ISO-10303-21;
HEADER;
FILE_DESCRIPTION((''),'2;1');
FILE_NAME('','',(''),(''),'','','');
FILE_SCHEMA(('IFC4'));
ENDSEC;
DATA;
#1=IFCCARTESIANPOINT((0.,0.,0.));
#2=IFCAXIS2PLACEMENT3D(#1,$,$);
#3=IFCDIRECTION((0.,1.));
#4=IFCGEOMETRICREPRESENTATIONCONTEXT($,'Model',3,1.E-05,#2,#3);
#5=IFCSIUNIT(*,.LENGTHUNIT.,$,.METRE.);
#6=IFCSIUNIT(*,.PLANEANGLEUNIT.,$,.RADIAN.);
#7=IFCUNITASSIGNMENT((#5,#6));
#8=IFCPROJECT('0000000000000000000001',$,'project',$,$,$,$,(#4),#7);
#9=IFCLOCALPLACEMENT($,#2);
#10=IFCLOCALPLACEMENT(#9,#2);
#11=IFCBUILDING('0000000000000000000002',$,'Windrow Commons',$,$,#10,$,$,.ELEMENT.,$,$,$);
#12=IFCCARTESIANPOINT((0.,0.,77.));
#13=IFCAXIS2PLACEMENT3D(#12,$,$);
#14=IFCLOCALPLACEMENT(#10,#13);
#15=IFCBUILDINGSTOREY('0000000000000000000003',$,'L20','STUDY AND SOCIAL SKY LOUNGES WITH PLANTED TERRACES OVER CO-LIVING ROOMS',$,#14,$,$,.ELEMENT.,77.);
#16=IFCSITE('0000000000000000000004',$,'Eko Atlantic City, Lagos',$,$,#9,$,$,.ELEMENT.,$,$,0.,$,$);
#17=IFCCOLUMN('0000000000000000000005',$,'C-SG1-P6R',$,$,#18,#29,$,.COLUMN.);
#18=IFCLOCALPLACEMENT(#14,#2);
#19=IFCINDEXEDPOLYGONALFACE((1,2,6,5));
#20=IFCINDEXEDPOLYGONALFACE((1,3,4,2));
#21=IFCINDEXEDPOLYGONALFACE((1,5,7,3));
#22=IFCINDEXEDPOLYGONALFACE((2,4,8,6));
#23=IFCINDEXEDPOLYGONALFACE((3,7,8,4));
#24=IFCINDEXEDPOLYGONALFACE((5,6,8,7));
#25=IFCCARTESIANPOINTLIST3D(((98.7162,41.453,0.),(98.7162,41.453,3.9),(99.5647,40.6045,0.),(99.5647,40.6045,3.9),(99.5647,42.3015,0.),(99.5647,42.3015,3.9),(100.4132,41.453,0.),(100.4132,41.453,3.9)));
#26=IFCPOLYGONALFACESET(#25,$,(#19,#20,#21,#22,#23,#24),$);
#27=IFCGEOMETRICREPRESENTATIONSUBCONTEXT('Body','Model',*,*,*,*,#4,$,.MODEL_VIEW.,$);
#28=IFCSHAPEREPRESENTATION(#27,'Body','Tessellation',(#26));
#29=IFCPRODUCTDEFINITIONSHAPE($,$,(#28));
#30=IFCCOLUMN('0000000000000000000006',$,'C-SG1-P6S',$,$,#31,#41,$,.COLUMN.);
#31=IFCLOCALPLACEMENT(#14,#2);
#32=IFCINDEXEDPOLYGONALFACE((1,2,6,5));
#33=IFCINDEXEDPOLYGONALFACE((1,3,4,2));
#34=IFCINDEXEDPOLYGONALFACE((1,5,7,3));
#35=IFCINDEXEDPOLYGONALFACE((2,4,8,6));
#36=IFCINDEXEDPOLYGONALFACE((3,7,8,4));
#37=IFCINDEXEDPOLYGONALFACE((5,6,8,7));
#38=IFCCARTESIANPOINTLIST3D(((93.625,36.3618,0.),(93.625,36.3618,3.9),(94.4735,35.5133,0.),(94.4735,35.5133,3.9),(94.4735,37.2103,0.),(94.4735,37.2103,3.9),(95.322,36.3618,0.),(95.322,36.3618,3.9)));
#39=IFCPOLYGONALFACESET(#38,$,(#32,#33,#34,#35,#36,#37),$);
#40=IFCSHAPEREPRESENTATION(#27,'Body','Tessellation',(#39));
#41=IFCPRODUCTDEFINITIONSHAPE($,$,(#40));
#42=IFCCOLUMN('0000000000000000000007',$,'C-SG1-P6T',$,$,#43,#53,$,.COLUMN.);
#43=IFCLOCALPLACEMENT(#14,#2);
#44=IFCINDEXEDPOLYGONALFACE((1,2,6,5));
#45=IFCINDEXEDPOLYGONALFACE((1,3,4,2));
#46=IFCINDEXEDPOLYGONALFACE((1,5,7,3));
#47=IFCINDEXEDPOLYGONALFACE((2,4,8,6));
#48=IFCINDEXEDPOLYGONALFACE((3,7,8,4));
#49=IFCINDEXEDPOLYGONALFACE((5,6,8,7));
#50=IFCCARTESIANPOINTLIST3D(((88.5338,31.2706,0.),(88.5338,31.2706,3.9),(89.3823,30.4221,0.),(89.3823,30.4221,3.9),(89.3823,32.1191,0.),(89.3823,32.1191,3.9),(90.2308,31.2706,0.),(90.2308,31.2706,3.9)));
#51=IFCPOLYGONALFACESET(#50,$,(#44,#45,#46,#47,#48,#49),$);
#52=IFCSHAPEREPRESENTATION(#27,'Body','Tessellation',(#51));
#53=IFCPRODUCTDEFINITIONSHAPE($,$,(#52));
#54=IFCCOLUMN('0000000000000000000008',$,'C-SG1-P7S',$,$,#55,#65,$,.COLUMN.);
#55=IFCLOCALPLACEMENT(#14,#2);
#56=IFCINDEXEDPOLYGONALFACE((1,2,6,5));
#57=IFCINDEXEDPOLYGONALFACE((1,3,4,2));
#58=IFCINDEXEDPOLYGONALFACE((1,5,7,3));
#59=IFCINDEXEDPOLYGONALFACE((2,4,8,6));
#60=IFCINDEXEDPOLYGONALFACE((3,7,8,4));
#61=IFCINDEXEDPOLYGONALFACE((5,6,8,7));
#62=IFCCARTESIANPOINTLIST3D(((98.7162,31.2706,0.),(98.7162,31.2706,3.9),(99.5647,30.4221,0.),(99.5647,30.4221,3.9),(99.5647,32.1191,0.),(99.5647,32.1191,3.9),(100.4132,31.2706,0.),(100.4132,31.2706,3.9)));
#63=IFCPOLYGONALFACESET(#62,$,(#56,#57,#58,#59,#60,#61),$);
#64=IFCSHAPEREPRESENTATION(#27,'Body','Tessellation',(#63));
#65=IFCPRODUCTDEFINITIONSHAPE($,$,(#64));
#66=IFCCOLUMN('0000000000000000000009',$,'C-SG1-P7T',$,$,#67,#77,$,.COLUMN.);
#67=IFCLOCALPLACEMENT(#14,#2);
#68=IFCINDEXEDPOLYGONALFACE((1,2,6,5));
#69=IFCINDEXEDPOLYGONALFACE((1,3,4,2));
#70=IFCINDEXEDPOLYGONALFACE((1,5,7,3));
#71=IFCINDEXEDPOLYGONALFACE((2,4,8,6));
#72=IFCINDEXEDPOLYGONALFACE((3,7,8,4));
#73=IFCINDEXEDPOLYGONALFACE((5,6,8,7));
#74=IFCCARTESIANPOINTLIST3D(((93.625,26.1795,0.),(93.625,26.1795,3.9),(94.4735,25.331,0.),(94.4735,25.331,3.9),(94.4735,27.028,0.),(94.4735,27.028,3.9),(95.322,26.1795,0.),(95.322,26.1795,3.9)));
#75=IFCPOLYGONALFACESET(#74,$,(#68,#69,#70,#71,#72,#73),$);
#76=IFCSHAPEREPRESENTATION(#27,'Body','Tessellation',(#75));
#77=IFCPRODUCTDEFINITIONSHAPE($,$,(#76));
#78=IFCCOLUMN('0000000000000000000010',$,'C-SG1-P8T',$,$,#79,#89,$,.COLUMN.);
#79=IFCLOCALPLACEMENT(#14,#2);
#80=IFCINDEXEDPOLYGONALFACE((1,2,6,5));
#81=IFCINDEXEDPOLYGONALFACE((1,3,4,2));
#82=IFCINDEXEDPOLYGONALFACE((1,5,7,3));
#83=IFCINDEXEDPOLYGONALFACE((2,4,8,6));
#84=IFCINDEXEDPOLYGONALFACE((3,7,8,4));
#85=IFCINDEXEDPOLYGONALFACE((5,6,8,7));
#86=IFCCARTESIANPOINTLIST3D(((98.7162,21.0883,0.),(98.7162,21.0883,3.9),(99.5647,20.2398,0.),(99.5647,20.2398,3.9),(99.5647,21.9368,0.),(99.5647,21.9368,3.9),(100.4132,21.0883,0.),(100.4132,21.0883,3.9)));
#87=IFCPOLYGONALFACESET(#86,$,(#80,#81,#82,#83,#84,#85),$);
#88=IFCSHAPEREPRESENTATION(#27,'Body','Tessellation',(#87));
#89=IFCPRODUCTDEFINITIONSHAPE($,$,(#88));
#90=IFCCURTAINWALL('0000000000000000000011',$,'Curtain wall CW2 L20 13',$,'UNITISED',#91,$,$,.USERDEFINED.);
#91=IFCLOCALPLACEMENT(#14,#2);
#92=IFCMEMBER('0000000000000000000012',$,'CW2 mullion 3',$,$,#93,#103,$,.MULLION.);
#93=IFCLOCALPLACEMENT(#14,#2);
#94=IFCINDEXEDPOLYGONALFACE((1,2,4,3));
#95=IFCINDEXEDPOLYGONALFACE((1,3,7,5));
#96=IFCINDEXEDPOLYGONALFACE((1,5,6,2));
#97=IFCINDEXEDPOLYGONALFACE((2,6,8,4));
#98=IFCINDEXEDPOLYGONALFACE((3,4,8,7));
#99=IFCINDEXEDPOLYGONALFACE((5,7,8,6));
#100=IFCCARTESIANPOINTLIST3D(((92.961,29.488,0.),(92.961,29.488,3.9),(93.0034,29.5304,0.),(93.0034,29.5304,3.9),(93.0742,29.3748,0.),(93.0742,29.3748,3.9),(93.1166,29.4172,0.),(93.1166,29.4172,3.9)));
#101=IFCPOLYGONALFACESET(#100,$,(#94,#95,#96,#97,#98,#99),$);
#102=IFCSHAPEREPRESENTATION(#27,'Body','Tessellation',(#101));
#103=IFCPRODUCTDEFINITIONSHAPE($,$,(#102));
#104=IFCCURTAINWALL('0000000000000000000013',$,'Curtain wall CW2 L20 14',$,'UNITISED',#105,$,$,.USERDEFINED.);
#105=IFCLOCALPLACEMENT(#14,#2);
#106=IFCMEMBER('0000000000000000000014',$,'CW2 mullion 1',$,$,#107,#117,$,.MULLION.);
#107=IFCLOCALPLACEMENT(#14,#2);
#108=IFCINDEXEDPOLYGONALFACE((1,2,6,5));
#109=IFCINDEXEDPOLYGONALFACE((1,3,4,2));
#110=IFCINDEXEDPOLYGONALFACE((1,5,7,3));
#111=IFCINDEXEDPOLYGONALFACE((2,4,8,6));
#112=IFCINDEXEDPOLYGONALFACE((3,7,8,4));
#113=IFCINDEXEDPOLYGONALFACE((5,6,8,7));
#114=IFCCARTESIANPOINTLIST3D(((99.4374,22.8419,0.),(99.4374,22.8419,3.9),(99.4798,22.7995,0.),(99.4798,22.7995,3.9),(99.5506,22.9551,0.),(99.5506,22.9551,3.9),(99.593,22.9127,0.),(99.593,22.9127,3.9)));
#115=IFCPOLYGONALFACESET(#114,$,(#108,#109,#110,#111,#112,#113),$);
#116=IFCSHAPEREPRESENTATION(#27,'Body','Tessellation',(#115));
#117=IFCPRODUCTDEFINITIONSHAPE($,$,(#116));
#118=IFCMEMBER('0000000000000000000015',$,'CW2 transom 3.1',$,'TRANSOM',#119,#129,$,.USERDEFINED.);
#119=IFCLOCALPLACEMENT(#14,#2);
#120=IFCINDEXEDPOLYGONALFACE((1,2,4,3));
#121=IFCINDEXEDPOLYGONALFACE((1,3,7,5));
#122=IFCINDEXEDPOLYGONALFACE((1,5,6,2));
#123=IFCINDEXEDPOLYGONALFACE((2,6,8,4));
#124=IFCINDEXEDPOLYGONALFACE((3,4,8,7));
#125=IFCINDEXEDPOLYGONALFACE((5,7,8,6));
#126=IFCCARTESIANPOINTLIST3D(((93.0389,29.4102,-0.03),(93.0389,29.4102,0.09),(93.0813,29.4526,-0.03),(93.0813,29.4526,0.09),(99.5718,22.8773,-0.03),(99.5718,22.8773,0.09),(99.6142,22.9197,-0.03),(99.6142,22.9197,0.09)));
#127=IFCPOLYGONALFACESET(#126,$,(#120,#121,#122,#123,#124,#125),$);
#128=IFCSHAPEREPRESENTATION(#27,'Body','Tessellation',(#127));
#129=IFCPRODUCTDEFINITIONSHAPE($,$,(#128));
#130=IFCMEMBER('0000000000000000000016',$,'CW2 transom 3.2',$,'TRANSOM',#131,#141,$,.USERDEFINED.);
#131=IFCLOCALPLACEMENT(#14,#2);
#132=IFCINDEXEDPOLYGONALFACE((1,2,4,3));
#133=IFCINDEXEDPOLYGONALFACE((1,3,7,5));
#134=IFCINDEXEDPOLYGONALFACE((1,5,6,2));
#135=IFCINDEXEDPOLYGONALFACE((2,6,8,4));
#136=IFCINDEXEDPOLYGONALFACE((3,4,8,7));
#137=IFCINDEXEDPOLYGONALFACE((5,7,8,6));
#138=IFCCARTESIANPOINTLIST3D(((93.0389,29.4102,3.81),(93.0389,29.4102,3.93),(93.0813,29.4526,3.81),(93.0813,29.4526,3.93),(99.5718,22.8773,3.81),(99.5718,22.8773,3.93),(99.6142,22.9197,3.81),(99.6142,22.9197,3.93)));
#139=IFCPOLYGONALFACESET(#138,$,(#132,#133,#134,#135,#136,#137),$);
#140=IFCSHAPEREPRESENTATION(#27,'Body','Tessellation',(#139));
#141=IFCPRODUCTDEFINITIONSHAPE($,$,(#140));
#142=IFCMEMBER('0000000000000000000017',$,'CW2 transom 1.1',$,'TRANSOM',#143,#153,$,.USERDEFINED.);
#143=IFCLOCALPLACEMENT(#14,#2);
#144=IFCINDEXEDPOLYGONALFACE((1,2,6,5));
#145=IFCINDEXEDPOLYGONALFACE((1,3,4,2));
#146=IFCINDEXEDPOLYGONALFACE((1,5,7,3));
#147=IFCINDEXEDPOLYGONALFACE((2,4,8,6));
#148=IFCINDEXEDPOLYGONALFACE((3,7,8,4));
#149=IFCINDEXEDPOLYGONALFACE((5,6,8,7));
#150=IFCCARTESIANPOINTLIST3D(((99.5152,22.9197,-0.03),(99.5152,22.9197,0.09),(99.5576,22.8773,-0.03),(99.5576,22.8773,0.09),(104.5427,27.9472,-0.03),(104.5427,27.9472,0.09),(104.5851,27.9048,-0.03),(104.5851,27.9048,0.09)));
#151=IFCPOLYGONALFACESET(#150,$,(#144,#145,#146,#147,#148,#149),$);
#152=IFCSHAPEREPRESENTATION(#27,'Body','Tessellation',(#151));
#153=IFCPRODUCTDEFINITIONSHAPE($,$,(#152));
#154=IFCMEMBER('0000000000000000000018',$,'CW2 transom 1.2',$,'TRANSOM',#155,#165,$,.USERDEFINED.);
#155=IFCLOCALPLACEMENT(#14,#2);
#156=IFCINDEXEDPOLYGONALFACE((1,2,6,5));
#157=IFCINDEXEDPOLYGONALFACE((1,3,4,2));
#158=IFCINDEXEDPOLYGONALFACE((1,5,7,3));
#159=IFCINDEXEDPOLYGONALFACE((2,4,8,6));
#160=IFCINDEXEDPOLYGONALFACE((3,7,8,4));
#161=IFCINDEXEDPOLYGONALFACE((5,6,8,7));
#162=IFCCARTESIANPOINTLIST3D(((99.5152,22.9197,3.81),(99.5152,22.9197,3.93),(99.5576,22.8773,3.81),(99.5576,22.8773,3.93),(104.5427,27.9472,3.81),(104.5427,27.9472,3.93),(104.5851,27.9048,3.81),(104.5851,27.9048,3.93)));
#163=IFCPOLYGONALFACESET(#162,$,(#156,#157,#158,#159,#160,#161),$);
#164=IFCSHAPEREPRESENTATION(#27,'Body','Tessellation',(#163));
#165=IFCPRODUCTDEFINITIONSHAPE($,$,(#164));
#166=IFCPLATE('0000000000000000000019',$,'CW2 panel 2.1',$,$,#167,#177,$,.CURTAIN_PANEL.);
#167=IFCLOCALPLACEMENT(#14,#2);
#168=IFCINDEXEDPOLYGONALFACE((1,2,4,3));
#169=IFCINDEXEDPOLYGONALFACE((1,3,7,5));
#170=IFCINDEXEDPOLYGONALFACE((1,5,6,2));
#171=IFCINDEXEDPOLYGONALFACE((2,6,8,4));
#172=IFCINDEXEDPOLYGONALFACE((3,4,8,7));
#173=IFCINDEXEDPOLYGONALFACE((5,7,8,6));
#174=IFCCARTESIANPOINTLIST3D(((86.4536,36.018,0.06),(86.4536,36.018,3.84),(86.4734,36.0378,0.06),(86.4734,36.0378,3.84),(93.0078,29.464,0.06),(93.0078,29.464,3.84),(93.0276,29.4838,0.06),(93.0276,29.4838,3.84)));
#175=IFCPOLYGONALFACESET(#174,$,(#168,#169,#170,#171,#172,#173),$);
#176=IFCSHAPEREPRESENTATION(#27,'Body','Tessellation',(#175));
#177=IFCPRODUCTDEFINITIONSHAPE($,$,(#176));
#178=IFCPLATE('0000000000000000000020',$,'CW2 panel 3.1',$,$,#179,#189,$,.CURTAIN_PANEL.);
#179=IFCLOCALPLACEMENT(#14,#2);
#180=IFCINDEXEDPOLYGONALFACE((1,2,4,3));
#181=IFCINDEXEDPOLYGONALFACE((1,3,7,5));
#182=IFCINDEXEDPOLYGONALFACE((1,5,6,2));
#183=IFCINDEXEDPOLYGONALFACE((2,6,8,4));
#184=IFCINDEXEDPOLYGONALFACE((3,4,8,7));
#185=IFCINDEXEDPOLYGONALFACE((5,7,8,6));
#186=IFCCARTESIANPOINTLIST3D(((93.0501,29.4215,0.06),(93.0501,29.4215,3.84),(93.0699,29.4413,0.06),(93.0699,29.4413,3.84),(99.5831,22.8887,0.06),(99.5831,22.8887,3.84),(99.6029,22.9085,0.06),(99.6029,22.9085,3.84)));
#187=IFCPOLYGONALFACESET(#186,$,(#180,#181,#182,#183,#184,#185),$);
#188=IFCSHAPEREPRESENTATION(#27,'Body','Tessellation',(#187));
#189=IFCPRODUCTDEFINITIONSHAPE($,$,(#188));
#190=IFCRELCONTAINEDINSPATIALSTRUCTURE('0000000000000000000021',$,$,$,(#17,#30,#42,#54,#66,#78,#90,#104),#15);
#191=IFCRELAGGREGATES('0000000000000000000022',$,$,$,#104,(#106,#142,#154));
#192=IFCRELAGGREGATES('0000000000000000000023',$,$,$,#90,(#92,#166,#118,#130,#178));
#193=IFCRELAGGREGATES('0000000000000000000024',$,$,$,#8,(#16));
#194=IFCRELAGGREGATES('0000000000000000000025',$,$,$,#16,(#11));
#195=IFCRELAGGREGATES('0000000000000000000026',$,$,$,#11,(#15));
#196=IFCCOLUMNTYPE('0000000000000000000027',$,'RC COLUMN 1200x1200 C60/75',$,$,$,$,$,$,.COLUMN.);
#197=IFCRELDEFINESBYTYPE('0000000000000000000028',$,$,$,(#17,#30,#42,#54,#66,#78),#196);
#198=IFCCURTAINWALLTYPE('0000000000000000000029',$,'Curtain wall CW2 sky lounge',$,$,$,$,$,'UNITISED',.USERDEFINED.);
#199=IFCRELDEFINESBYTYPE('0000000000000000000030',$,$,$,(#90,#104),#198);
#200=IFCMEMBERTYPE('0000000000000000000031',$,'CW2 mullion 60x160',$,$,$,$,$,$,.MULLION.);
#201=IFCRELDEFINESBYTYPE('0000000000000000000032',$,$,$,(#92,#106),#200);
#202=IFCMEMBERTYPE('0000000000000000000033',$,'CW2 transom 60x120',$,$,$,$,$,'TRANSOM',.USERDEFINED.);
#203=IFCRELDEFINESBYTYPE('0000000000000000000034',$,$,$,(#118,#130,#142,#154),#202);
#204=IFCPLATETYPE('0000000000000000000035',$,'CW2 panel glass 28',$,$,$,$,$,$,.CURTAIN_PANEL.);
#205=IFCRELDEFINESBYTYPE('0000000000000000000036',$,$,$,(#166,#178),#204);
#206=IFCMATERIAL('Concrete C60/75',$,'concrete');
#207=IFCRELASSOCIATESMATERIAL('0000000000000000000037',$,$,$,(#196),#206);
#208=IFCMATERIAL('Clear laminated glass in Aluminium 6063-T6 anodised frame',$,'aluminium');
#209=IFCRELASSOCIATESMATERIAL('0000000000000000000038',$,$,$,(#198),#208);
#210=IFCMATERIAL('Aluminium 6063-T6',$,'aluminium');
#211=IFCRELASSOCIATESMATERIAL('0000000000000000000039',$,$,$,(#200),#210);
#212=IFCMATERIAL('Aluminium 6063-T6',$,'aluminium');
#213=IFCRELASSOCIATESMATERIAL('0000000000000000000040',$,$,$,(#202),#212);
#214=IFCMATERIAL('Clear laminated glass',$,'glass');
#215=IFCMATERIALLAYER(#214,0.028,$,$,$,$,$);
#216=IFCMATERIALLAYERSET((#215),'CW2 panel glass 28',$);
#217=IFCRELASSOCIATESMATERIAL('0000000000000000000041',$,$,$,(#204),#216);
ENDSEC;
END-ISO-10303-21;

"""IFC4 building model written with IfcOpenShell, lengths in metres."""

from ifc_helpers import new_model, si_unit, direction, frame, origin, origin_2d, place, context, subcontext, project, spatial, rectangle, extrude, material, layer, layer_set, material_profile, profile_set, type_object, element, aggregate, save


model = new_model("IFC4")

# Units and contexts
model_context = context("Model", 3, precision=1e-05, world=origin(), true_north=direction((0.0, 1.0)))
body_context = subcontext(model_context, "Body", "Model", "MODEL_VIEW")
ifc_project = project(units=[si_unit("LENGTHUNIT", "METRE"), si_unit("PLANEANGLEUNIT", "RADIAN")], contexts=[model_context])

# Site, building, storey
site_placement = place(None, origin())
site = spatial("IfcSite", under=ifc_project, at=site_placement, Name="Eko Atlantic City, Lagos", CompositionType="ELEMENT", RefElevation=0.0)
building_placement = place(site_placement, origin())
building = spatial("IfcBuilding", under=site, at=building_placement, Name="Windrow Commons", CompositionType="ELEMENT")
storey_placement = place(building_placement, frame((0.0, 0.0, 77.0)))
storey = spatial("IfcBuildingStorey", under=building, at=storey_placement, Name="L20", Description="STUDY AND SOCIAL SKY LOUNGES WITH PLANTED TERRACES OVER CO-LIVING ROOMS", CompositionType="ELEMENT", Elevation=77.0)

# Columns
ifc_material_1 = material(Name="Concrete C60/75", Category="concrete")
ifc_material_profile_1 = material_profile(ifc_material_1, rectangle(XDim=1.2, YDim=1.2, at=origin_2d()))
ifc_profile_set_1 = profile_set([ifc_material_profile_1], Name="Concrete C60/75")
column_type = type_object("IfcColumnType", Name="RC COLUMN 1200x1200 C60/75", PredefinedType="COLUMN", material=ifc_profile_set_1)
for number, where, z_axis, x_axis, name in (
    (1, (99.5647, 41.453, 0.0), (0.0, 0.0, 1.0), (0.707107, -0.707107, 0.0), "C-SG1-P6R"),
    (2, (94.4735, 36.3618, 0.0), (0.0, 0.0, 1.0), (0.707107, -0.707107, 0.0), "C-SG1-P6S"),
    (3, (89.3823, 31.2706, 0.0), (0.0, 0.0, 1.0), (0.707107, -0.707107, 0.0), "C-SG1-P6T"),
    (4, (99.5647, 31.2706, 0.0), (0.0, 0.0, 1.0), (0.707107, -0.707107, 0.0), "C-SG1-P7S"),
    (5, (94.4735, 26.1795, 0.0), (0.0, 0.0, 1.0), (0.707107, -0.707107, 0.0), "C-SG1-P7T"),
    (6, (99.5647, 21.0883, 0.0), (0.0, 0.0, 1.0), (0.707107, -0.707107, 0.0), "C-SG1-P8T"),
):
    element("IfcColumn", number, at=place(storey_placement, frame(where, z_axis=z_axis, x_axis=x_axis)), inside=storey, type_object=column_type, Name=name, PredefinedType="COLUMN", context=body_context, shape_type="SweptSolid", body=[
        extrude(rectangle(XDim=1.2, YDim=1.2, at=origin_2d()), origin(), (0.0, 0.0, 1.0), 3.9),
    ])

# Curtain walls, members
ifc_material_2 = material(Name="Clear laminated glass in Aluminium 6063-T6 anodised frame", Category="aluminium")
curtain_wall_type = type_object("IfcCurtainWallType", Name="Curtain wall CW2 sky lounge", ElementType="UNITISED", PredefinedType="USERDEFINED", material=ifc_material_2)
placement = place(storey_placement, origin())
curtain_wall_1 = element("IfcCurtainWall", 7, at=placement, inside=storey, type_object=curtain_wall_type, Name="Curtain wall CW2 L20 13", ObjectType="UNITISED", PredefinedType="USERDEFINED")
ifc_material_3 = material(Name="Aluminium 6063-T6", Category="aluminium")
ifc_material_profile_2 = material_profile(ifc_material_3, rectangle(XDim=0.06, YDim=0.16, at=origin_2d()))
ifc_profile_set_2 = profile_set([ifc_material_profile_2], Name="Aluminium 6063-T6")
member_type_1 = type_object("IfcMemberType", Name="CW2 mullion 60x160", PredefinedType="MULLION", material=ifc_profile_set_2)
member_1_placement = place(storey_placement, frame((93.0388, 29.4526, 0.0), z_axis=(0.0, 0.0, 1.0), x_axis=(0.707105, 0.707108, 0.0)))
member_1 = element("IfcMember", 8, at=member_1_placement, type_object=member_type_1, Name="CW2 mullion 3", PredefinedType="MULLION", context=body_context, shape_type="SweptSolid", body=[
    extrude(rectangle(XDim=0.06, YDim=0.16, at=origin_2d()), origin(), (0.0, 0.0, 1.0), 3.9),
])
curtain_wall_2 = element("IfcCurtainWall", 9, at=placement, inside=storey, type_object=curtain_wall_type, Name="Curtain wall CW2 L20 14", ObjectType="UNITISED", PredefinedType="USERDEFINED")
member_2_placement = place(storey_placement, frame((99.5152, 22.8773, 0.0), z_axis=(0.0, 0.0, 1.0), x_axis=(-0.707107, 0.707107, 0.0)))
member_2 = element("IfcMember", 10, at=member_2_placement, type_object=member_type_1, Name="CW2 mullion 1", PredefinedType="MULLION", context=body_context, shape_type="SweptSolid", body=[
    extrude(rectangle(XDim=0.06, YDim=0.16, at=origin_2d()), origin(), (0.0, 0.0, 1.0), 3.9),
])

# Members
ifc_material_4 = material(Name="Aluminium 6063-T6", Category="aluminium")
ifc_material_profile_3 = material_profile(ifc_material_4, rectangle(XDim=0.06, YDim=0.12, at=origin_2d()))
ifc_profile_set_3 = profile_set([ifc_material_profile_3], Name="Aluminium 6063-T6")
member_type_2 = type_object("IfcMemberType", Name="CW2 transom 60x120", ElementType="TRANSOM", PredefinedType="USERDEFINED", material=ifc_profile_set_3)
member_3_placement = place(storey_placement, frame((93.0601, 29.4314, 0.03), z_axis=(0.707107, -0.707107, 0.0), x_axis=(0.707107, 0.707107, 0.0)))
member_3 = element("IfcMember", 11, at=member_3_placement, type_object=member_type_2, Name="CW2 transom 3.1", ObjectType="TRANSOM", PredefinedType="USERDEFINED", context=body_context, shape_type="SweptSolid", body=[
    extrude(rectangle(XDim=0.06, YDim=0.12, at=origin_2d()), origin(), (0.0, 0.0, 1.0), 9.2389),
])
member_4_placement = place(storey_placement, frame((93.0601, 29.4314, 3.87), z_axis=(0.707107, -0.707107, 0.0), x_axis=(0.707107, 0.707107, 0.0)))
member_4 = element("IfcMember", 12, at=member_4_placement, type_object=member_type_2, Name="CW2 transom 3.2", ObjectType="TRANSOM", PredefinedType="USERDEFINED", context=body_context, shape_type="SweptSolid", body=[
    extrude(rectangle(XDim=0.06, YDim=0.12, at=origin_2d()), origin(), (0.0, 0.0, 1.0), 9.2389),
])
member_5_placement = place(storey_placement, frame((99.5364, 22.8985, 0.03), z_axis=(0.707107, 0.707107, 0.0), x_axis=(-0.707107, 0.707107, 0.0)))
member_5 = element("IfcMember", 13, at=member_5_placement, type_object=member_type_2, Name="CW2 transom 1.1", ObjectType="TRANSOM", PredefinedType="USERDEFINED", context=body_context, shape_type="SweptSolid", body=[
    extrude(rectangle(XDim=0.06, YDim=0.12, at=origin_2d()), origin(), (0.0, 0.0, 1.0), 7.11),
])
member_6_placement = place(storey_placement, frame((99.5364, 22.8985, 3.87), z_axis=(0.707107, 0.707107, 0.0), x_axis=(-0.707107, 0.707107, 0.0)))
member_6 = element("IfcMember", 14, at=member_6_placement, type_object=member_type_2, Name="CW2 transom 1.2", ObjectType="TRANSOM", PredefinedType="USERDEFINED", context=body_context, shape_type="SweptSolid", body=[
    extrude(rectangle(XDim=0.06, YDim=0.12, at=origin_2d()), origin(), (0.0, 0.0, 1.0), 7.11),
])
aggregate(curtain_wall_2, [member_2, member_5, member_6])

# Plates
ifc_material_5 = material(Name="Clear laminated glass", Category="glass")
ifc_layer_1 = layer(ifc_material_5, 0.028)
ifc_layer_set_1 = layer_set([ifc_layer_1], Name="CW2 panel glass 28")
plate_type = type_object("IfcPlateType", Name="CW2 panel glass 28", PredefinedType="CURTAIN_PANEL", material=ifc_layer_set_1)
plate_1_placement = place(storey_placement, frame((89.7406, 32.7509, 0.06), z_axis=(0.0, 0.0, 1.0), x_axis=(0.707108, -0.707105, 0.0)))
plate_1 = element("IfcPlate", 15, at=plate_1_placement, type_object=plate_type, Name="CW2 panel 2.1", PredefinedType="CURTAIN_PANEL", context=body_context, shape_type="SweptSolid", body=[
    extrude(rectangle(XDim=9.2689, YDim=0.028, at=origin_2d()), origin(), (0.0, 0.0, 1.0), 3.78),
])
plate_2_placement = place(storey_placement, frame((96.3265, 26.165, 0.06), z_axis=(0.0, 0.0, 1.0), x_axis=(0.707108, -0.707105, 0.0)))
plate_2 = element("IfcPlate", 16, at=plate_2_placement, type_object=plate_type, Name="CW2 panel 3.1", PredefinedType="CURTAIN_PANEL", context=body_context, shape_type="SweptSolid", body=[
    extrude(rectangle(XDim=9.2389, YDim=0.028, at=origin_2d()), origin(), (0.0, 0.0, 1.0), 3.78),
])
aggregate(curtain_wall_1, [member_1, plate_1, member_3, member_4, plate_2])

save(model, "model.ifc")
